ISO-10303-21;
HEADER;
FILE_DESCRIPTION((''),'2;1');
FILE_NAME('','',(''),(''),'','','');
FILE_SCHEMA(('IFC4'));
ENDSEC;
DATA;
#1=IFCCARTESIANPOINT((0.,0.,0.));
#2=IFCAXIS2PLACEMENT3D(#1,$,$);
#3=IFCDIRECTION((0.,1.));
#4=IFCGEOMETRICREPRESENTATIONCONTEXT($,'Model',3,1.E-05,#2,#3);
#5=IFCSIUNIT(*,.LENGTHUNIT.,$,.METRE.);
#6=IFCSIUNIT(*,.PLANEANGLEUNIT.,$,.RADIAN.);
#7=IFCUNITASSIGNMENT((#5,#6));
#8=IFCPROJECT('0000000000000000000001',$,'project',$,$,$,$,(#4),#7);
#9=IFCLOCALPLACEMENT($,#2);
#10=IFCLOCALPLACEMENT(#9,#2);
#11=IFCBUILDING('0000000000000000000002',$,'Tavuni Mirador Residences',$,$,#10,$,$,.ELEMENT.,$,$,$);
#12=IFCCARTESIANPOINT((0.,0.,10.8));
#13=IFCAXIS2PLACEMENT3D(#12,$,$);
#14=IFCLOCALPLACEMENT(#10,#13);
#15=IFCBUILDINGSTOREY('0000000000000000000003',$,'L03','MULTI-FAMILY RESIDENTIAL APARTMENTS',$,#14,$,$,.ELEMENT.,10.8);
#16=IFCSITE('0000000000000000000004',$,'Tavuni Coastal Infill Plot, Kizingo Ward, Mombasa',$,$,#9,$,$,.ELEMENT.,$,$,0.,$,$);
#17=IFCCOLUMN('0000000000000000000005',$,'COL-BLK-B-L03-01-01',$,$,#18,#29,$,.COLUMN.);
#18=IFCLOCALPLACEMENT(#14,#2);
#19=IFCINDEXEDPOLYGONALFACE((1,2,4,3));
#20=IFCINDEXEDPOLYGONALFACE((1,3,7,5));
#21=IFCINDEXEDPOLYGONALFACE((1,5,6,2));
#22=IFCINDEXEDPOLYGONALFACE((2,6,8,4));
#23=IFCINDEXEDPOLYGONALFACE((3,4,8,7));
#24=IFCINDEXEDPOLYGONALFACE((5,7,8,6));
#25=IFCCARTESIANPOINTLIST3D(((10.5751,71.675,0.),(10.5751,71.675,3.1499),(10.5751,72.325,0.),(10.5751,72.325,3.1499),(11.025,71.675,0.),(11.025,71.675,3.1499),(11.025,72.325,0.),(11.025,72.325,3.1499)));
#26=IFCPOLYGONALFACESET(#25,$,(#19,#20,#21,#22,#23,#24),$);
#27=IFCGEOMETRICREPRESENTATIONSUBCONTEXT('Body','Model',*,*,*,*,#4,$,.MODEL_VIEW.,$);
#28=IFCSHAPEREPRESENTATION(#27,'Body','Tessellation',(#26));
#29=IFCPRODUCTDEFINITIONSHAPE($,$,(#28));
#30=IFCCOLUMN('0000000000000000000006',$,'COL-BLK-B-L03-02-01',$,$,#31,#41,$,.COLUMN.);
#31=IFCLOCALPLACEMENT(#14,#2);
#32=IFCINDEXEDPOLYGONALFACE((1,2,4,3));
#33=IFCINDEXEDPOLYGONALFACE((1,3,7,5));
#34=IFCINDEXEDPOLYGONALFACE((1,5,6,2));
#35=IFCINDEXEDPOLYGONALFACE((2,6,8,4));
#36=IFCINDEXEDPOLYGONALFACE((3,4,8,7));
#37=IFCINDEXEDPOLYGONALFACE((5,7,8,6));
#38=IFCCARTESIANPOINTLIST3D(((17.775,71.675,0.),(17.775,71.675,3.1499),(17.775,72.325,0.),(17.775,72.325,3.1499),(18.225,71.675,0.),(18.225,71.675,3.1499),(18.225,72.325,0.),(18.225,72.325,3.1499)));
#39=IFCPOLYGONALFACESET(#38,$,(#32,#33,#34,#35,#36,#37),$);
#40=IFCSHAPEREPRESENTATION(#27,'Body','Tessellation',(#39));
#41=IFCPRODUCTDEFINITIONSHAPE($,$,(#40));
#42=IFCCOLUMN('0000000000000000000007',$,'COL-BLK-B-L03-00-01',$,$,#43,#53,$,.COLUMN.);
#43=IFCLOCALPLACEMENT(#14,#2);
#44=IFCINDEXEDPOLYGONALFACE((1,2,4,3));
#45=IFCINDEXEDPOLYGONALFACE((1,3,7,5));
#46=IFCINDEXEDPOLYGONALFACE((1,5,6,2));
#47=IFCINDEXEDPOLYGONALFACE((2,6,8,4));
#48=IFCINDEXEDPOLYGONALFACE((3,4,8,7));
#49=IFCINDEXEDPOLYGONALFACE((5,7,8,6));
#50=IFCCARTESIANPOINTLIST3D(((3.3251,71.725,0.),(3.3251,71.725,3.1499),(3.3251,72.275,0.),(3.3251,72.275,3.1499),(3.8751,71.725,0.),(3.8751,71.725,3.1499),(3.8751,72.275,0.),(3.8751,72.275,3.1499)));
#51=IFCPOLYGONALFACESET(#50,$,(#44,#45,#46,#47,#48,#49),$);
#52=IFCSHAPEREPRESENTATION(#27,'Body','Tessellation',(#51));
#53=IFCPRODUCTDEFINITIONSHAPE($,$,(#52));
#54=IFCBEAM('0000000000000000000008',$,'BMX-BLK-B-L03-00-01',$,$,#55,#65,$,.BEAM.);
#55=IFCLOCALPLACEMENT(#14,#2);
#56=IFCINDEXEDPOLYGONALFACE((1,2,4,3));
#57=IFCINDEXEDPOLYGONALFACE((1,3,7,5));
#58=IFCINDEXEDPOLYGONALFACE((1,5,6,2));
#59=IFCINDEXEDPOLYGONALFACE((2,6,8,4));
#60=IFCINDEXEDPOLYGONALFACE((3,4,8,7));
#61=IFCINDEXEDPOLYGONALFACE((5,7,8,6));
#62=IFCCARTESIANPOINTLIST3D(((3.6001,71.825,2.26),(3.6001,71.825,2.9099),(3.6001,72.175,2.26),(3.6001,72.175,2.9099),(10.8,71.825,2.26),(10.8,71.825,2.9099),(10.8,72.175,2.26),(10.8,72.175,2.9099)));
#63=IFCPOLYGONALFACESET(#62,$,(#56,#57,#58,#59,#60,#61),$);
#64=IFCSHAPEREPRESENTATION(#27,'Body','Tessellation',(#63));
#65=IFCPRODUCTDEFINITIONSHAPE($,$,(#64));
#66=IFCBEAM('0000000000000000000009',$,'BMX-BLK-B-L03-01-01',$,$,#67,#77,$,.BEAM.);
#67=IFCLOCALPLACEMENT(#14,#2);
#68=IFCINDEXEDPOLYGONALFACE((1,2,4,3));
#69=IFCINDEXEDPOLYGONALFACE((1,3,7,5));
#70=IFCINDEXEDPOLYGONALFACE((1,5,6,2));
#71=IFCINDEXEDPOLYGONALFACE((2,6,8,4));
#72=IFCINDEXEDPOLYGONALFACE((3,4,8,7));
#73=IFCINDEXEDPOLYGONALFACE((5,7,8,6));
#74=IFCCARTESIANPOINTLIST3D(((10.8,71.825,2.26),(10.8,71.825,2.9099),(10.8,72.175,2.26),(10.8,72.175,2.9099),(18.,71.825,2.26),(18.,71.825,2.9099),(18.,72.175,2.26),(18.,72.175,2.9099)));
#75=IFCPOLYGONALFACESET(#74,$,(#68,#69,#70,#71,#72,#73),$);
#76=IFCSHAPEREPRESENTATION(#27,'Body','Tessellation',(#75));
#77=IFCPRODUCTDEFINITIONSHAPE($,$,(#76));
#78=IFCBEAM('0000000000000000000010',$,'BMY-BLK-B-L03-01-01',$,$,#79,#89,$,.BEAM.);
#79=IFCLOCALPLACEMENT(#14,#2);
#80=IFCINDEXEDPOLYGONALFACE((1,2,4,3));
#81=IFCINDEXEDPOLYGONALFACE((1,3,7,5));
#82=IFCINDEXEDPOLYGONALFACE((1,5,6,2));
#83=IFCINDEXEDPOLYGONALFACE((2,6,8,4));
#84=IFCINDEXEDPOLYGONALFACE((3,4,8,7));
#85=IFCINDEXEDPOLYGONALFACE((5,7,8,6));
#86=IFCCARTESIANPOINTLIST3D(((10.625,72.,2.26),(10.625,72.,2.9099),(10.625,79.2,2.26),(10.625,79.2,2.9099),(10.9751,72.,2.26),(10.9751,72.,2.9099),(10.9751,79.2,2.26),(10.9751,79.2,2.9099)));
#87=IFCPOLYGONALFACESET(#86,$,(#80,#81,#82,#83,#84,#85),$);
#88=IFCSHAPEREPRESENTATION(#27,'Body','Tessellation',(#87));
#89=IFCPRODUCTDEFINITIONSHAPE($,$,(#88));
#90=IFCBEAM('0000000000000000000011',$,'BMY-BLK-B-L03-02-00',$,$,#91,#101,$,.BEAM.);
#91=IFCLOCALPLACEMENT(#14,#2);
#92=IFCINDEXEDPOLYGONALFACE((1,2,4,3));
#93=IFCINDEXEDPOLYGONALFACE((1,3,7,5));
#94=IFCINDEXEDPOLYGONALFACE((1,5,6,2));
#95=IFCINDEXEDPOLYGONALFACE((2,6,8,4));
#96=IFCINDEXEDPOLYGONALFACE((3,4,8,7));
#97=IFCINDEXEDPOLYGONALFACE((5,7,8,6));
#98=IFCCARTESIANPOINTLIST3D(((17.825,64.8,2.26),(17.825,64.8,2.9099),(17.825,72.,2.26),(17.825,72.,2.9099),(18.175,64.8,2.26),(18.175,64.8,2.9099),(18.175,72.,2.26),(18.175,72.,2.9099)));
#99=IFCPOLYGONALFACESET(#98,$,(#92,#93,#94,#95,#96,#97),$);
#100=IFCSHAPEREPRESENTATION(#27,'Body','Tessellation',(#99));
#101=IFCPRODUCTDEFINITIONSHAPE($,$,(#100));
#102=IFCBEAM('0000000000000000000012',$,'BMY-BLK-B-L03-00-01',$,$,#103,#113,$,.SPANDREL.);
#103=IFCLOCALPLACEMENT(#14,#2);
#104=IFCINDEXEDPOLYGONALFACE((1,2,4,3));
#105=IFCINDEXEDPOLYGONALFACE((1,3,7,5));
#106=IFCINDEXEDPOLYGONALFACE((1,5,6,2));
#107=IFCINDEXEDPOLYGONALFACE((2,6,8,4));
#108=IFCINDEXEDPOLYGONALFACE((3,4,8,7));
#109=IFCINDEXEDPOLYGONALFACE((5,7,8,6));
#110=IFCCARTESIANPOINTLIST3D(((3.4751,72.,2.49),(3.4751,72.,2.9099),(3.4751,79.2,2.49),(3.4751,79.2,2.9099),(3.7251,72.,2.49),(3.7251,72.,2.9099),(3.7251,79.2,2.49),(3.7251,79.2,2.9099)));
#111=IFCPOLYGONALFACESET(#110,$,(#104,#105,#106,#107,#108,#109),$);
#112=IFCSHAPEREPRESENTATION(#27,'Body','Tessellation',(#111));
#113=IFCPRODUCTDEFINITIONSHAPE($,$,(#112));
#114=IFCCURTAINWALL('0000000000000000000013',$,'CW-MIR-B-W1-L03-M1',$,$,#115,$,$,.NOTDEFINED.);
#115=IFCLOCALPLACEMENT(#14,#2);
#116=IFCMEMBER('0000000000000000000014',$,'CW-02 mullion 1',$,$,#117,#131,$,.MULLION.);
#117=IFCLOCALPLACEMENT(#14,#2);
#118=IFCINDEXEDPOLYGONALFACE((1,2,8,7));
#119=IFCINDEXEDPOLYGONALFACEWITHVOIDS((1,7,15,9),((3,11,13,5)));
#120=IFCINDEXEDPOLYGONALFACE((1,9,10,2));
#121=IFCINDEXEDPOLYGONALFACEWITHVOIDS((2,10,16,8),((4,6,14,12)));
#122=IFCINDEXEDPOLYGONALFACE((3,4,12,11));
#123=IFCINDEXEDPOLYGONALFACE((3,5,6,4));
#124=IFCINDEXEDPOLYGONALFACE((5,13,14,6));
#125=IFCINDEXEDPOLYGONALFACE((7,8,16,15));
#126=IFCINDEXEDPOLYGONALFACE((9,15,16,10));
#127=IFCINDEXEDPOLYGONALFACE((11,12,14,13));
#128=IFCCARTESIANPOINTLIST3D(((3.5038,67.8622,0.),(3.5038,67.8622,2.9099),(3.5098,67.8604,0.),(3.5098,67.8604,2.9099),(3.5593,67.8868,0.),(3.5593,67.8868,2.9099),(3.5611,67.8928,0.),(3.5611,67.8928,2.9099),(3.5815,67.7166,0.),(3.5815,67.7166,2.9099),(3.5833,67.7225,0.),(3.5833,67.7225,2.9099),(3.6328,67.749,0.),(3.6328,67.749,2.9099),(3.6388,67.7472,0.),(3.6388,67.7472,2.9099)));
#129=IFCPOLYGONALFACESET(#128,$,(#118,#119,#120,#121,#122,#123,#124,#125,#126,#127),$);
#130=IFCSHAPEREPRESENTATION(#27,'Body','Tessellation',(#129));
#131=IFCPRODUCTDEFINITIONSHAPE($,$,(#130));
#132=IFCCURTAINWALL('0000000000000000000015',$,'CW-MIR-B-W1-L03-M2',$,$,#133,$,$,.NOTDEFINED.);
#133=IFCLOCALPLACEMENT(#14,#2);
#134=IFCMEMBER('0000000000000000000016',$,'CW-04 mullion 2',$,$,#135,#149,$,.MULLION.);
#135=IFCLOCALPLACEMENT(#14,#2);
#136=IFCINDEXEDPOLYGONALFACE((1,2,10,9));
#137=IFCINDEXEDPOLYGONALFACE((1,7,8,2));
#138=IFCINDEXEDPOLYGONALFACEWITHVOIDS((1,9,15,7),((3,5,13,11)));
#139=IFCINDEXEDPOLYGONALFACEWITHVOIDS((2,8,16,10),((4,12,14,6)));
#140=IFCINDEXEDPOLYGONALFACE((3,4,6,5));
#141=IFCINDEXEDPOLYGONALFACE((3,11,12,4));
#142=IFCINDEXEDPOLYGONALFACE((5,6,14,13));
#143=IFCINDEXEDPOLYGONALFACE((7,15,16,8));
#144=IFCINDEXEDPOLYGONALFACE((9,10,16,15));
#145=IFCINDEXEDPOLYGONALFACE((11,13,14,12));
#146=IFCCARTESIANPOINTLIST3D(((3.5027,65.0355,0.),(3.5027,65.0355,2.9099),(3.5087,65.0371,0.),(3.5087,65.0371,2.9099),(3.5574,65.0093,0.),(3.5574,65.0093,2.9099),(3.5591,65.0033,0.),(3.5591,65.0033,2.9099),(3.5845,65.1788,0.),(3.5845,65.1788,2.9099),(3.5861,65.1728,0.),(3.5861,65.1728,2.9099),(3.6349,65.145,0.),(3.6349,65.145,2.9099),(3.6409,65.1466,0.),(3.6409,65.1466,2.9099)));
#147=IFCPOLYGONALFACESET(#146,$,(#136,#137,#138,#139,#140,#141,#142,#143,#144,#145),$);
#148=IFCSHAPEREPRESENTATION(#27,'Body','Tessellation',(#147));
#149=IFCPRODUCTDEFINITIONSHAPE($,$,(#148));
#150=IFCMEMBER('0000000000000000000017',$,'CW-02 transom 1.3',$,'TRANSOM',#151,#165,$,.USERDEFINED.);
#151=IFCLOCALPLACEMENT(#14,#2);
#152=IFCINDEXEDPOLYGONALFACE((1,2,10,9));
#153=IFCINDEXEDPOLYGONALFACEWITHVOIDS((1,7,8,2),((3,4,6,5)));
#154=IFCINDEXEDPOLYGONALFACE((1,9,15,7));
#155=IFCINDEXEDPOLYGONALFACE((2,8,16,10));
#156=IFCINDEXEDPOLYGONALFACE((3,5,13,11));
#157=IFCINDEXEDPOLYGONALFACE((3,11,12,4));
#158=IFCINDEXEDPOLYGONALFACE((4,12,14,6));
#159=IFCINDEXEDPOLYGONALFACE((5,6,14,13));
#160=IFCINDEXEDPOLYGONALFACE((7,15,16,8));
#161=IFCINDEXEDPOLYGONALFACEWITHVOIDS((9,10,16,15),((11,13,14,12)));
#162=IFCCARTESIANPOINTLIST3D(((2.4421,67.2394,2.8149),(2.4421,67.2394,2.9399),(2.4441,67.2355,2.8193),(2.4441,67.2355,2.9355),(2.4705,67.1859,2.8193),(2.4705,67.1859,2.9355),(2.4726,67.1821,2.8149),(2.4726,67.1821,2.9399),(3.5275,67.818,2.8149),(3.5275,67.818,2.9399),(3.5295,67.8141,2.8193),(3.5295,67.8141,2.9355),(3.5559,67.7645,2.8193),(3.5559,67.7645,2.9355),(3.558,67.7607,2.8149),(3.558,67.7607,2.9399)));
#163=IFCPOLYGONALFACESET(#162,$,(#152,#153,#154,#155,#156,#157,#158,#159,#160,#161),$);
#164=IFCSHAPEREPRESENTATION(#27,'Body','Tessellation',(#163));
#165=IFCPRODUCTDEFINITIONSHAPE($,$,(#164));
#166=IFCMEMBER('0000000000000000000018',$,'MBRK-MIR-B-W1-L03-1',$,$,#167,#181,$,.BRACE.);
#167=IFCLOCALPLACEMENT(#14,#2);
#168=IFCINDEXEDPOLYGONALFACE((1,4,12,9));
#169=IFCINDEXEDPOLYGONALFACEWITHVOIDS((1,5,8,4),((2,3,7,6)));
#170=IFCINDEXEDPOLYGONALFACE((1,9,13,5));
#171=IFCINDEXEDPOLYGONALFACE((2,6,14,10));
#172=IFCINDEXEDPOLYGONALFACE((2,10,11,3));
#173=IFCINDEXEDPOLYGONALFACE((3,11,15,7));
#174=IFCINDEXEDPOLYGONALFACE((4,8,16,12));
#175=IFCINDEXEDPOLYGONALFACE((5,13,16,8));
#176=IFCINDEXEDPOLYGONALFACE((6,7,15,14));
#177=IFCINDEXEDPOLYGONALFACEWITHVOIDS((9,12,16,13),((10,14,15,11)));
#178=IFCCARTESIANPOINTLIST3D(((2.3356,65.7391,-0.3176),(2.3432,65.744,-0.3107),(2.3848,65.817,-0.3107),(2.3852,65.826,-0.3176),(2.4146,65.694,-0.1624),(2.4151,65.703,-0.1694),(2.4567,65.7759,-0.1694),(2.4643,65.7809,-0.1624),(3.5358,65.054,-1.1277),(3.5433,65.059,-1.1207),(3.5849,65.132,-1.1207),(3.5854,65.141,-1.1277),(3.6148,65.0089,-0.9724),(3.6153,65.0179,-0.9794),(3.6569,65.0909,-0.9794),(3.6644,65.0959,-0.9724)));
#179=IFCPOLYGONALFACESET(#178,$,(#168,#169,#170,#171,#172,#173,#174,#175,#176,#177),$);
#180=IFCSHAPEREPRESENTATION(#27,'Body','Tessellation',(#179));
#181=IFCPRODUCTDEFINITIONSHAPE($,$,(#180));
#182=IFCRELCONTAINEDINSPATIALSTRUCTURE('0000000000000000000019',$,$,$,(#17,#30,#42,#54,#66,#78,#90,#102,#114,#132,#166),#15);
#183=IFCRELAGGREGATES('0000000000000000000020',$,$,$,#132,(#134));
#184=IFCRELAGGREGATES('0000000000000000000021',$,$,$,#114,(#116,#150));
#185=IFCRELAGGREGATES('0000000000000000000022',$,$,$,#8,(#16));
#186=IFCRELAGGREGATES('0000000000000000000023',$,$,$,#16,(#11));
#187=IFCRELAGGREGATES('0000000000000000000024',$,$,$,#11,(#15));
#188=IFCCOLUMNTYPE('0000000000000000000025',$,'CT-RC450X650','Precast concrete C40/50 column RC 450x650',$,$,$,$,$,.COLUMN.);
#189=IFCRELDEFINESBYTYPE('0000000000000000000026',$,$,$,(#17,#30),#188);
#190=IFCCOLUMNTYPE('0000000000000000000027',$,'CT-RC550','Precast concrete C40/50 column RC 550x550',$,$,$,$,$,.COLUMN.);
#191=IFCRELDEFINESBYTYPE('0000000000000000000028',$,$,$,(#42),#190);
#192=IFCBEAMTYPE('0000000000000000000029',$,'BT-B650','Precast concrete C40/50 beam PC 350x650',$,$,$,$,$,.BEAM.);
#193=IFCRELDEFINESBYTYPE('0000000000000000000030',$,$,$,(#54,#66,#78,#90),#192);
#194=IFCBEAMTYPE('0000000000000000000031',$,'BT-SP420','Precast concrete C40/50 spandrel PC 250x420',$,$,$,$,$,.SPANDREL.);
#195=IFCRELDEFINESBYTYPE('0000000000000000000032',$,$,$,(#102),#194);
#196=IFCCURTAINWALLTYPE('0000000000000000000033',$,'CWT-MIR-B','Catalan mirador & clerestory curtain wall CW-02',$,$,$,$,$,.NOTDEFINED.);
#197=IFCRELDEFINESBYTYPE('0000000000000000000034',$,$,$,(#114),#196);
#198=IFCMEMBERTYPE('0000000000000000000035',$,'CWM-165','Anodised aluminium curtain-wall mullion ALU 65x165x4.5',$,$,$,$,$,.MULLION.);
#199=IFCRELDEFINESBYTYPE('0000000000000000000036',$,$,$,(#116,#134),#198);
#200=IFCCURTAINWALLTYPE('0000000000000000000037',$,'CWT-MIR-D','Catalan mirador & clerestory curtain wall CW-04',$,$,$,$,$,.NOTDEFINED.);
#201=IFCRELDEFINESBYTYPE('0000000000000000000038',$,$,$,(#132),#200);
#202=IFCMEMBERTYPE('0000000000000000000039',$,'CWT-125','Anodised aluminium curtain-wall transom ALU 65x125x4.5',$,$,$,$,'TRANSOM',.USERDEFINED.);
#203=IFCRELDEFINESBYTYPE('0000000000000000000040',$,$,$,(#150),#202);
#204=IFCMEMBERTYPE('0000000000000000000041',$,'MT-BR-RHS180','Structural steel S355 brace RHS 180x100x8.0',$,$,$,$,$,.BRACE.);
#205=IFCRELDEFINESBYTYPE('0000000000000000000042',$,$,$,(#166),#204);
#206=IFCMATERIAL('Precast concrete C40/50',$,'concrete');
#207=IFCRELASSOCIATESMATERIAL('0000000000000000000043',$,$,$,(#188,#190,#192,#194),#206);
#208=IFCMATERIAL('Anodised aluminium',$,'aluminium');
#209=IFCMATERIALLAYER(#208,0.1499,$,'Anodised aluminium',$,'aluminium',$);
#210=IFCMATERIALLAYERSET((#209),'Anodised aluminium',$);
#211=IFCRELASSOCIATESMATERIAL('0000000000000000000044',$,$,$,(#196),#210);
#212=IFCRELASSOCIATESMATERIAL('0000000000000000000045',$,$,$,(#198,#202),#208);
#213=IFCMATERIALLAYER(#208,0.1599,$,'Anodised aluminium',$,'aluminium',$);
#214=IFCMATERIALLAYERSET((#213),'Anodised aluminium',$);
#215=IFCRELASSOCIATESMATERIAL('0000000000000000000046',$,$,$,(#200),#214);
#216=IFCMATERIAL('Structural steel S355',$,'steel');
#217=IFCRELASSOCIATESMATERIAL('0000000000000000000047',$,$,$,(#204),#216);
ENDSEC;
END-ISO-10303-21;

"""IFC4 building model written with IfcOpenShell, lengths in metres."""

from ifc_helpers import new_model, si_unit, direction, frame, origin, origin_2d, place, context, subcontext, project, spatial, rectangle, hollow_rectangle, extrude, material, layer, layer_set, material_profile, profile_set, type_object, element, aggregate, save


model = new_model("IFC4")

# Units and contexts
model_context = context("Model", 3, precision=1e-05, world=origin(), true_north=direction((0.0, 1.0)))
body_context = subcontext(model_context, "Body", "Model", "MODEL_VIEW")
ifc_project = project(units=[si_unit("LENGTHUNIT", "METRE"), si_unit("PLANEANGLEUNIT", "RADIAN")], contexts=[model_context])

# Site, building, storey
site_placement = place(None, origin())
site = spatial("IfcSite", under=ifc_project, at=site_placement, Name="Tavuni Coastal Infill Plot, Kizingo Ward, Mombasa", CompositionType="ELEMENT", RefElevation=0.0)
building_placement = place(site_placement, origin())
building = spatial("IfcBuilding", under=site, at=building_placement, Name="Tavuni Mirador Residences", CompositionType="ELEMENT")
storey_placement = place(building_placement, frame((0.0, 0.0, 10.8)))
storey = spatial("IfcBuildingStorey", under=building, at=storey_placement, Name="L03", Description="MULTI-FAMILY RESIDENTIAL APARTMENTS", CompositionType="ELEMENT", Elevation=10.8)

# Columns
ifc_material_1 = material(Name="Precast concrete C40/50", Category="concrete")
ifc_material_profile_1 = material_profile(ifc_material_1, rectangle(XDim=0.45, YDim=0.6499, at=origin_2d()), Name="RC 450x650", Category="concrete")
ifc_profile_set_1 = profile_set([ifc_material_profile_1], Name="Precast concrete C40/50")
column_type_1 = type_object("IfcColumnType", Name="CT-RC450X650", Description="Precast concrete C40/50 column RC 450x650", PredefinedType="COLUMN", material=ifc_profile_set_1)
for number, where, z_axis, x_axis, name in (
    (1, (10.8, 72.0, 0.0), (0.0, 0.0, 1.0), (1.0, 0.0, 0.0), "COL-BLK-B-L03-01-01"),
    (2, (18.0, 72.0, 0.0), (0.0, 0.0, 1.0), (1.0, 0.0, 0.0), "COL-BLK-B-L03-02-01"),
):
    element("IfcColumn", number, at=place(storey_placement, frame(where, z_axis=z_axis, x_axis=x_axis)), inside=storey, type_object=column_type_1, Name=name, PredefinedType="COLUMN", context=body_context, shape_type="SweptSolid", body=[
        extrude(rectangle(XDim=0.45, YDim=0.6499, at=origin_2d()), origin(), (0.0, 0.0, 1.0), 3.1499),
    ])
ifc_material_profile_2 = material_profile(ifc_material_1, rectangle(XDim=0.55, YDim=0.55, at=origin_2d()), Name="RC 550x550", Category="concrete")
ifc_profile_set_2 = profile_set([ifc_material_profile_2], Name="Precast concrete C40/50")
column_type_2 = type_object("IfcColumnType", Name="CT-RC550", Description="Precast concrete C40/50 column RC 550x550", PredefinedType="COLUMN", material=ifc_profile_set_2)
column_placement = place(storey_placement, frame((3.6001, 72.0, 0.0), z_axis=(0.0, 0.0, 1.0), x_axis=(1.0, 0.0, 0.0)))
element("IfcColumn", 3, at=column_placement, inside=storey, type_object=column_type_2, Name="COL-BLK-B-L03-00-01", PredefinedType="COLUMN", context=body_context, shape_type="SweptSolid", body=[
    extrude(rectangle(XDim=0.55, YDim=0.55, at=origin_2d()), origin(), (0.0, 0.0, 1.0), 3.1499),
])

# Beams
ifc_material_profile_3 = material_profile(ifc_material_1, rectangle(XDim=0.3501, YDim=0.6499, at=origin_2d()), Name="PC 350x650", Category="concrete")
ifc_profile_set_3 = profile_set([ifc_material_profile_3], Name="Precast concrete C40/50")
beam_type_1 = type_object("IfcBeamType", Name="BT-B650", Description="Precast concrete C40/50 beam PC 350x650", PredefinedType="BEAM", material=ifc_profile_set_3)
for number, where, z_axis, x_axis, name in (
    (4, (3.6001, 72.0, 2.585), (1.0, 0.0, 0.0), (0.0, 1.0, 0.0), "BMX-BLK-B-L03-00-01"),
    (5, (10.8, 72.0, 2.585), (1.0, 0.0, 0.0), (0.0, 1.0, 0.0), "BMX-BLK-B-L03-01-01"),
    (6, (10.8, 72.0, 2.585), (0.0, 1.0, 0.0), (-1.0, 0.0, 0.0), "BMY-BLK-B-L03-01-01"),
    (7, (18.0, 64.8, 2.585), (0.0, 1.0, 0.0), (-1.0, 0.0, 0.0), "BMY-BLK-B-L03-02-00"),
):
    element("IfcBeam", number, at=place(storey_placement, frame(where, z_axis=z_axis, x_axis=x_axis)), inside=storey, type_object=beam_type_1, Name=name, PredefinedType="BEAM", context=body_context, shape_type="SweptSolid", body=[
        extrude(rectangle(XDim=0.3501, YDim=0.6499, at=origin_2d()), origin(), (0.0, 0.0, 1.0), 7.2),
    ])
ifc_material_profile_4 = material_profile(ifc_material_1, rectangle(XDim=0.25, YDim=0.4199, at=origin_2d()), Name="PC 250x420", Category="concrete")
ifc_profile_set_4 = profile_set([ifc_material_profile_4], Name="Precast concrete C40/50")
beam_type_2 = type_object("IfcBeamType", Name="BT-SP420", Description="Precast concrete C40/50 spandrel PC 250x420", PredefinedType="SPANDREL", material=ifc_profile_set_4)
beam_placement = place(storey_placement, frame((3.6001, 72.0, 2.7), z_axis=(0.0, 1.0, 0.0), x_axis=(-1.0, 0.0, 0.0)))
element("IfcBeam", 8, at=beam_placement, inside=storey, type_object=beam_type_2, Name="BMY-BLK-B-L03-00-01", PredefinedType="SPANDREL", context=body_context, shape_type="SweptSolid", body=[
    extrude(rectangle(XDim=0.25, YDim=0.4199, at=origin_2d()), origin(), (0.0, 0.0, 1.0), 7.2),
])

# Curtain walls, members
ifc_material_2 = material(Name="Anodised aluminium", Category="aluminium")
ifc_layer_1 = layer(ifc_material_2, 0.1499, Name="Anodised aluminium", Category="aluminium")
ifc_layer_set_1 = layer_set([ifc_layer_1], Name="Anodised aluminium")
curtain_wall_type_1 = type_object("IfcCurtainWallType", Name="CWT-MIR-B", Description="Catalan mirador & clerestory curtain wall CW-02", PredefinedType="NOTDEFINED", material=ifc_layer_set_1)
curtain_wall_1_placement = place(storey_placement, origin())
curtain_wall_1 = element("IfcCurtainWall", 9, at=curtain_wall_1_placement, inside=storey, type_object=curtain_wall_type_1, Name="CW-MIR-B-W1-L03-M1", PredefinedType="NOTDEFINED")
ifc_material_profile_5 = material_profile(ifc_material_2, hollow_rectangle(XDim=0.0649, YDim=0.165, WallThickness=0.0044, at=origin_2d()), Name="ALU 65x165x4.5", Category="aluminium")
ifc_profile_set_5 = profile_set([ifc_material_profile_5], Name="Anodised aluminium")
member_type_1 = type_object("IfcMemberType", Name="CWM-165", Description="Anodised aluminium curtain-wall mullion ALU 65x165x4.5", PredefinedType="MULLION", material=ifc_profile_set_5)
member_1_placement = place(storey_placement, frame((3.5713, 67.8047, 0.0), z_axis=(0.0, 0.0, 1.0), x_axis=(-0.882353, -0.470588, 0.0)))
member_1 = element("IfcMember", 10, at=member_1_placement, type_object=member_type_1, Name="CW-02 mullion 1", PredefinedType="MULLION", context=body_context, shape_type="SweptSolid", body=[
    extrude(hollow_rectangle(XDim=0.0649, YDim=0.165, WallThickness=0.0044, at=origin_2d()), origin(), (0.0, 0.0, 1.0), 2.9099),
])
ifc_layer_2 = layer(ifc_material_2, 0.1599, Name="Anodised aluminium", Category="aluminium")
ifc_layer_set_2 = layer_set([ifc_layer_2], Name="Anodised aluminium")
curtain_wall_type_2 = type_object("IfcCurtainWallType", Name="CWT-MIR-D", Description="Catalan mirador & clerestory curtain wall CW-04", PredefinedType="NOTDEFINED", material=ifc_layer_set_2)
curtain_wall_2_placement = place(storey_placement, origin())
curtain_wall_2 = element("IfcCurtainWall", 11, at=curtain_wall_2_placement, inside=storey, type_object=curtain_wall_type_2, Name="CW-MIR-B-W1-L03-M2", PredefinedType="NOTDEFINED")
member_2_placement = place(storey_placement, frame((3.5718, 65.0911, 0.0), z_axis=(0.0, 0.0, 1.0), x_axis=(0.868466, -0.495749, 0.0)))
member_2 = element("IfcMember", 12, at=member_2_placement, type_object=member_type_1, Name="CW-04 mullion 2", PredefinedType="MULLION", context=body_context, shape_type="SweptSolid", body=[
    extrude(hollow_rectangle(XDim=0.0649, YDim=0.165, WallThickness=0.0044, at=origin_2d()), origin(), (0.0, 0.0, 1.0), 2.9099),
])
aggregate(curtain_wall_2, [member_2])

# Member
ifc_material_profile_6 = material_profile(ifc_material_2, hollow_rectangle(XDim=0.0649, YDim=0.125, WallThickness=0.0044, at=origin_2d()), Name="ALU 65x125x4.5", Category="aluminium")
ifc_profile_set_6 = profile_set([ifc_material_profile_6], Name="Anodised aluminium")
member_type_2 = type_object("IfcMemberType", Name="CWT-125", Description="Anodised aluminium curtain-wall transom ALU 65x125x4.5", ElementType="TRANSOM", PredefinedType="USERDEFINED", material=ifc_profile_set_6)
member_3_placement = place(storey_placement, frame((3.5427, 67.7893, 2.8774), z_axis=(-0.882452, -0.470403, 0.0), x_axis=(0.470403, -0.882452, 0.0)))
member_3 = element("IfcMember", 13, at=member_3_placement, type_object=member_type_2, Name="CW-02 transom 1.3", ObjectType="TRANSOM", PredefinedType="USERDEFINED", context=body_context, shape_type="SweptSolid", body=[
    extrude(hollow_rectangle(XDim=0.0649, YDim=0.125, WallThickness=0.0044, at=origin_2d()), origin(), (0.0, 0.0, 1.0), 1.23),
])
aggregate(curtain_wall_1, [member_1, member_3])

# Member
ifc_material_3 = material(Name="Structural steel S355", Category="steel")
ifc_material_profile_7 = material_profile(ifc_material_3, hollow_rectangle(XDim=0.1001, YDim=0.1799, WallThickness=0.0081, at=origin_2d()), Name="RHS 180x100x8.0", Category="steel")
ifc_profile_set_7 = profile_set([ifc_material_profile_7], Name="Structural steel S355")
member_type_3 = type_object("IfcMemberType", Name="MT-BR-RHS180", Description="Structural steel S355 brace RHS 180x100x8.0", PredefinedType="BRACE", material=ifc_profile_set_7)
member_4_placement = place(storey_placement, frame((3.6001, 65.075, -1.05), z_axis=(-0.749249, 0.427663, 0.505697), x_axis=(-0.49572, -0.868482, 0.0)))
element("IfcMember", 14, at=member_4_placement, inside=storey, type_object=member_type_3, Name="MBRK-MIR-B-W1-L03-1", PredefinedType="BRACE", context=body_context, shape_type="SweptSolid", body=[
    extrude(hollow_rectangle(XDim=0.1001, YDim=0.1799, WallThickness=0.0081, at=origin_2d()), origin(), (0.0, 0.0, 1.0), 1.6018),
])

save(model, "model.ifc")
